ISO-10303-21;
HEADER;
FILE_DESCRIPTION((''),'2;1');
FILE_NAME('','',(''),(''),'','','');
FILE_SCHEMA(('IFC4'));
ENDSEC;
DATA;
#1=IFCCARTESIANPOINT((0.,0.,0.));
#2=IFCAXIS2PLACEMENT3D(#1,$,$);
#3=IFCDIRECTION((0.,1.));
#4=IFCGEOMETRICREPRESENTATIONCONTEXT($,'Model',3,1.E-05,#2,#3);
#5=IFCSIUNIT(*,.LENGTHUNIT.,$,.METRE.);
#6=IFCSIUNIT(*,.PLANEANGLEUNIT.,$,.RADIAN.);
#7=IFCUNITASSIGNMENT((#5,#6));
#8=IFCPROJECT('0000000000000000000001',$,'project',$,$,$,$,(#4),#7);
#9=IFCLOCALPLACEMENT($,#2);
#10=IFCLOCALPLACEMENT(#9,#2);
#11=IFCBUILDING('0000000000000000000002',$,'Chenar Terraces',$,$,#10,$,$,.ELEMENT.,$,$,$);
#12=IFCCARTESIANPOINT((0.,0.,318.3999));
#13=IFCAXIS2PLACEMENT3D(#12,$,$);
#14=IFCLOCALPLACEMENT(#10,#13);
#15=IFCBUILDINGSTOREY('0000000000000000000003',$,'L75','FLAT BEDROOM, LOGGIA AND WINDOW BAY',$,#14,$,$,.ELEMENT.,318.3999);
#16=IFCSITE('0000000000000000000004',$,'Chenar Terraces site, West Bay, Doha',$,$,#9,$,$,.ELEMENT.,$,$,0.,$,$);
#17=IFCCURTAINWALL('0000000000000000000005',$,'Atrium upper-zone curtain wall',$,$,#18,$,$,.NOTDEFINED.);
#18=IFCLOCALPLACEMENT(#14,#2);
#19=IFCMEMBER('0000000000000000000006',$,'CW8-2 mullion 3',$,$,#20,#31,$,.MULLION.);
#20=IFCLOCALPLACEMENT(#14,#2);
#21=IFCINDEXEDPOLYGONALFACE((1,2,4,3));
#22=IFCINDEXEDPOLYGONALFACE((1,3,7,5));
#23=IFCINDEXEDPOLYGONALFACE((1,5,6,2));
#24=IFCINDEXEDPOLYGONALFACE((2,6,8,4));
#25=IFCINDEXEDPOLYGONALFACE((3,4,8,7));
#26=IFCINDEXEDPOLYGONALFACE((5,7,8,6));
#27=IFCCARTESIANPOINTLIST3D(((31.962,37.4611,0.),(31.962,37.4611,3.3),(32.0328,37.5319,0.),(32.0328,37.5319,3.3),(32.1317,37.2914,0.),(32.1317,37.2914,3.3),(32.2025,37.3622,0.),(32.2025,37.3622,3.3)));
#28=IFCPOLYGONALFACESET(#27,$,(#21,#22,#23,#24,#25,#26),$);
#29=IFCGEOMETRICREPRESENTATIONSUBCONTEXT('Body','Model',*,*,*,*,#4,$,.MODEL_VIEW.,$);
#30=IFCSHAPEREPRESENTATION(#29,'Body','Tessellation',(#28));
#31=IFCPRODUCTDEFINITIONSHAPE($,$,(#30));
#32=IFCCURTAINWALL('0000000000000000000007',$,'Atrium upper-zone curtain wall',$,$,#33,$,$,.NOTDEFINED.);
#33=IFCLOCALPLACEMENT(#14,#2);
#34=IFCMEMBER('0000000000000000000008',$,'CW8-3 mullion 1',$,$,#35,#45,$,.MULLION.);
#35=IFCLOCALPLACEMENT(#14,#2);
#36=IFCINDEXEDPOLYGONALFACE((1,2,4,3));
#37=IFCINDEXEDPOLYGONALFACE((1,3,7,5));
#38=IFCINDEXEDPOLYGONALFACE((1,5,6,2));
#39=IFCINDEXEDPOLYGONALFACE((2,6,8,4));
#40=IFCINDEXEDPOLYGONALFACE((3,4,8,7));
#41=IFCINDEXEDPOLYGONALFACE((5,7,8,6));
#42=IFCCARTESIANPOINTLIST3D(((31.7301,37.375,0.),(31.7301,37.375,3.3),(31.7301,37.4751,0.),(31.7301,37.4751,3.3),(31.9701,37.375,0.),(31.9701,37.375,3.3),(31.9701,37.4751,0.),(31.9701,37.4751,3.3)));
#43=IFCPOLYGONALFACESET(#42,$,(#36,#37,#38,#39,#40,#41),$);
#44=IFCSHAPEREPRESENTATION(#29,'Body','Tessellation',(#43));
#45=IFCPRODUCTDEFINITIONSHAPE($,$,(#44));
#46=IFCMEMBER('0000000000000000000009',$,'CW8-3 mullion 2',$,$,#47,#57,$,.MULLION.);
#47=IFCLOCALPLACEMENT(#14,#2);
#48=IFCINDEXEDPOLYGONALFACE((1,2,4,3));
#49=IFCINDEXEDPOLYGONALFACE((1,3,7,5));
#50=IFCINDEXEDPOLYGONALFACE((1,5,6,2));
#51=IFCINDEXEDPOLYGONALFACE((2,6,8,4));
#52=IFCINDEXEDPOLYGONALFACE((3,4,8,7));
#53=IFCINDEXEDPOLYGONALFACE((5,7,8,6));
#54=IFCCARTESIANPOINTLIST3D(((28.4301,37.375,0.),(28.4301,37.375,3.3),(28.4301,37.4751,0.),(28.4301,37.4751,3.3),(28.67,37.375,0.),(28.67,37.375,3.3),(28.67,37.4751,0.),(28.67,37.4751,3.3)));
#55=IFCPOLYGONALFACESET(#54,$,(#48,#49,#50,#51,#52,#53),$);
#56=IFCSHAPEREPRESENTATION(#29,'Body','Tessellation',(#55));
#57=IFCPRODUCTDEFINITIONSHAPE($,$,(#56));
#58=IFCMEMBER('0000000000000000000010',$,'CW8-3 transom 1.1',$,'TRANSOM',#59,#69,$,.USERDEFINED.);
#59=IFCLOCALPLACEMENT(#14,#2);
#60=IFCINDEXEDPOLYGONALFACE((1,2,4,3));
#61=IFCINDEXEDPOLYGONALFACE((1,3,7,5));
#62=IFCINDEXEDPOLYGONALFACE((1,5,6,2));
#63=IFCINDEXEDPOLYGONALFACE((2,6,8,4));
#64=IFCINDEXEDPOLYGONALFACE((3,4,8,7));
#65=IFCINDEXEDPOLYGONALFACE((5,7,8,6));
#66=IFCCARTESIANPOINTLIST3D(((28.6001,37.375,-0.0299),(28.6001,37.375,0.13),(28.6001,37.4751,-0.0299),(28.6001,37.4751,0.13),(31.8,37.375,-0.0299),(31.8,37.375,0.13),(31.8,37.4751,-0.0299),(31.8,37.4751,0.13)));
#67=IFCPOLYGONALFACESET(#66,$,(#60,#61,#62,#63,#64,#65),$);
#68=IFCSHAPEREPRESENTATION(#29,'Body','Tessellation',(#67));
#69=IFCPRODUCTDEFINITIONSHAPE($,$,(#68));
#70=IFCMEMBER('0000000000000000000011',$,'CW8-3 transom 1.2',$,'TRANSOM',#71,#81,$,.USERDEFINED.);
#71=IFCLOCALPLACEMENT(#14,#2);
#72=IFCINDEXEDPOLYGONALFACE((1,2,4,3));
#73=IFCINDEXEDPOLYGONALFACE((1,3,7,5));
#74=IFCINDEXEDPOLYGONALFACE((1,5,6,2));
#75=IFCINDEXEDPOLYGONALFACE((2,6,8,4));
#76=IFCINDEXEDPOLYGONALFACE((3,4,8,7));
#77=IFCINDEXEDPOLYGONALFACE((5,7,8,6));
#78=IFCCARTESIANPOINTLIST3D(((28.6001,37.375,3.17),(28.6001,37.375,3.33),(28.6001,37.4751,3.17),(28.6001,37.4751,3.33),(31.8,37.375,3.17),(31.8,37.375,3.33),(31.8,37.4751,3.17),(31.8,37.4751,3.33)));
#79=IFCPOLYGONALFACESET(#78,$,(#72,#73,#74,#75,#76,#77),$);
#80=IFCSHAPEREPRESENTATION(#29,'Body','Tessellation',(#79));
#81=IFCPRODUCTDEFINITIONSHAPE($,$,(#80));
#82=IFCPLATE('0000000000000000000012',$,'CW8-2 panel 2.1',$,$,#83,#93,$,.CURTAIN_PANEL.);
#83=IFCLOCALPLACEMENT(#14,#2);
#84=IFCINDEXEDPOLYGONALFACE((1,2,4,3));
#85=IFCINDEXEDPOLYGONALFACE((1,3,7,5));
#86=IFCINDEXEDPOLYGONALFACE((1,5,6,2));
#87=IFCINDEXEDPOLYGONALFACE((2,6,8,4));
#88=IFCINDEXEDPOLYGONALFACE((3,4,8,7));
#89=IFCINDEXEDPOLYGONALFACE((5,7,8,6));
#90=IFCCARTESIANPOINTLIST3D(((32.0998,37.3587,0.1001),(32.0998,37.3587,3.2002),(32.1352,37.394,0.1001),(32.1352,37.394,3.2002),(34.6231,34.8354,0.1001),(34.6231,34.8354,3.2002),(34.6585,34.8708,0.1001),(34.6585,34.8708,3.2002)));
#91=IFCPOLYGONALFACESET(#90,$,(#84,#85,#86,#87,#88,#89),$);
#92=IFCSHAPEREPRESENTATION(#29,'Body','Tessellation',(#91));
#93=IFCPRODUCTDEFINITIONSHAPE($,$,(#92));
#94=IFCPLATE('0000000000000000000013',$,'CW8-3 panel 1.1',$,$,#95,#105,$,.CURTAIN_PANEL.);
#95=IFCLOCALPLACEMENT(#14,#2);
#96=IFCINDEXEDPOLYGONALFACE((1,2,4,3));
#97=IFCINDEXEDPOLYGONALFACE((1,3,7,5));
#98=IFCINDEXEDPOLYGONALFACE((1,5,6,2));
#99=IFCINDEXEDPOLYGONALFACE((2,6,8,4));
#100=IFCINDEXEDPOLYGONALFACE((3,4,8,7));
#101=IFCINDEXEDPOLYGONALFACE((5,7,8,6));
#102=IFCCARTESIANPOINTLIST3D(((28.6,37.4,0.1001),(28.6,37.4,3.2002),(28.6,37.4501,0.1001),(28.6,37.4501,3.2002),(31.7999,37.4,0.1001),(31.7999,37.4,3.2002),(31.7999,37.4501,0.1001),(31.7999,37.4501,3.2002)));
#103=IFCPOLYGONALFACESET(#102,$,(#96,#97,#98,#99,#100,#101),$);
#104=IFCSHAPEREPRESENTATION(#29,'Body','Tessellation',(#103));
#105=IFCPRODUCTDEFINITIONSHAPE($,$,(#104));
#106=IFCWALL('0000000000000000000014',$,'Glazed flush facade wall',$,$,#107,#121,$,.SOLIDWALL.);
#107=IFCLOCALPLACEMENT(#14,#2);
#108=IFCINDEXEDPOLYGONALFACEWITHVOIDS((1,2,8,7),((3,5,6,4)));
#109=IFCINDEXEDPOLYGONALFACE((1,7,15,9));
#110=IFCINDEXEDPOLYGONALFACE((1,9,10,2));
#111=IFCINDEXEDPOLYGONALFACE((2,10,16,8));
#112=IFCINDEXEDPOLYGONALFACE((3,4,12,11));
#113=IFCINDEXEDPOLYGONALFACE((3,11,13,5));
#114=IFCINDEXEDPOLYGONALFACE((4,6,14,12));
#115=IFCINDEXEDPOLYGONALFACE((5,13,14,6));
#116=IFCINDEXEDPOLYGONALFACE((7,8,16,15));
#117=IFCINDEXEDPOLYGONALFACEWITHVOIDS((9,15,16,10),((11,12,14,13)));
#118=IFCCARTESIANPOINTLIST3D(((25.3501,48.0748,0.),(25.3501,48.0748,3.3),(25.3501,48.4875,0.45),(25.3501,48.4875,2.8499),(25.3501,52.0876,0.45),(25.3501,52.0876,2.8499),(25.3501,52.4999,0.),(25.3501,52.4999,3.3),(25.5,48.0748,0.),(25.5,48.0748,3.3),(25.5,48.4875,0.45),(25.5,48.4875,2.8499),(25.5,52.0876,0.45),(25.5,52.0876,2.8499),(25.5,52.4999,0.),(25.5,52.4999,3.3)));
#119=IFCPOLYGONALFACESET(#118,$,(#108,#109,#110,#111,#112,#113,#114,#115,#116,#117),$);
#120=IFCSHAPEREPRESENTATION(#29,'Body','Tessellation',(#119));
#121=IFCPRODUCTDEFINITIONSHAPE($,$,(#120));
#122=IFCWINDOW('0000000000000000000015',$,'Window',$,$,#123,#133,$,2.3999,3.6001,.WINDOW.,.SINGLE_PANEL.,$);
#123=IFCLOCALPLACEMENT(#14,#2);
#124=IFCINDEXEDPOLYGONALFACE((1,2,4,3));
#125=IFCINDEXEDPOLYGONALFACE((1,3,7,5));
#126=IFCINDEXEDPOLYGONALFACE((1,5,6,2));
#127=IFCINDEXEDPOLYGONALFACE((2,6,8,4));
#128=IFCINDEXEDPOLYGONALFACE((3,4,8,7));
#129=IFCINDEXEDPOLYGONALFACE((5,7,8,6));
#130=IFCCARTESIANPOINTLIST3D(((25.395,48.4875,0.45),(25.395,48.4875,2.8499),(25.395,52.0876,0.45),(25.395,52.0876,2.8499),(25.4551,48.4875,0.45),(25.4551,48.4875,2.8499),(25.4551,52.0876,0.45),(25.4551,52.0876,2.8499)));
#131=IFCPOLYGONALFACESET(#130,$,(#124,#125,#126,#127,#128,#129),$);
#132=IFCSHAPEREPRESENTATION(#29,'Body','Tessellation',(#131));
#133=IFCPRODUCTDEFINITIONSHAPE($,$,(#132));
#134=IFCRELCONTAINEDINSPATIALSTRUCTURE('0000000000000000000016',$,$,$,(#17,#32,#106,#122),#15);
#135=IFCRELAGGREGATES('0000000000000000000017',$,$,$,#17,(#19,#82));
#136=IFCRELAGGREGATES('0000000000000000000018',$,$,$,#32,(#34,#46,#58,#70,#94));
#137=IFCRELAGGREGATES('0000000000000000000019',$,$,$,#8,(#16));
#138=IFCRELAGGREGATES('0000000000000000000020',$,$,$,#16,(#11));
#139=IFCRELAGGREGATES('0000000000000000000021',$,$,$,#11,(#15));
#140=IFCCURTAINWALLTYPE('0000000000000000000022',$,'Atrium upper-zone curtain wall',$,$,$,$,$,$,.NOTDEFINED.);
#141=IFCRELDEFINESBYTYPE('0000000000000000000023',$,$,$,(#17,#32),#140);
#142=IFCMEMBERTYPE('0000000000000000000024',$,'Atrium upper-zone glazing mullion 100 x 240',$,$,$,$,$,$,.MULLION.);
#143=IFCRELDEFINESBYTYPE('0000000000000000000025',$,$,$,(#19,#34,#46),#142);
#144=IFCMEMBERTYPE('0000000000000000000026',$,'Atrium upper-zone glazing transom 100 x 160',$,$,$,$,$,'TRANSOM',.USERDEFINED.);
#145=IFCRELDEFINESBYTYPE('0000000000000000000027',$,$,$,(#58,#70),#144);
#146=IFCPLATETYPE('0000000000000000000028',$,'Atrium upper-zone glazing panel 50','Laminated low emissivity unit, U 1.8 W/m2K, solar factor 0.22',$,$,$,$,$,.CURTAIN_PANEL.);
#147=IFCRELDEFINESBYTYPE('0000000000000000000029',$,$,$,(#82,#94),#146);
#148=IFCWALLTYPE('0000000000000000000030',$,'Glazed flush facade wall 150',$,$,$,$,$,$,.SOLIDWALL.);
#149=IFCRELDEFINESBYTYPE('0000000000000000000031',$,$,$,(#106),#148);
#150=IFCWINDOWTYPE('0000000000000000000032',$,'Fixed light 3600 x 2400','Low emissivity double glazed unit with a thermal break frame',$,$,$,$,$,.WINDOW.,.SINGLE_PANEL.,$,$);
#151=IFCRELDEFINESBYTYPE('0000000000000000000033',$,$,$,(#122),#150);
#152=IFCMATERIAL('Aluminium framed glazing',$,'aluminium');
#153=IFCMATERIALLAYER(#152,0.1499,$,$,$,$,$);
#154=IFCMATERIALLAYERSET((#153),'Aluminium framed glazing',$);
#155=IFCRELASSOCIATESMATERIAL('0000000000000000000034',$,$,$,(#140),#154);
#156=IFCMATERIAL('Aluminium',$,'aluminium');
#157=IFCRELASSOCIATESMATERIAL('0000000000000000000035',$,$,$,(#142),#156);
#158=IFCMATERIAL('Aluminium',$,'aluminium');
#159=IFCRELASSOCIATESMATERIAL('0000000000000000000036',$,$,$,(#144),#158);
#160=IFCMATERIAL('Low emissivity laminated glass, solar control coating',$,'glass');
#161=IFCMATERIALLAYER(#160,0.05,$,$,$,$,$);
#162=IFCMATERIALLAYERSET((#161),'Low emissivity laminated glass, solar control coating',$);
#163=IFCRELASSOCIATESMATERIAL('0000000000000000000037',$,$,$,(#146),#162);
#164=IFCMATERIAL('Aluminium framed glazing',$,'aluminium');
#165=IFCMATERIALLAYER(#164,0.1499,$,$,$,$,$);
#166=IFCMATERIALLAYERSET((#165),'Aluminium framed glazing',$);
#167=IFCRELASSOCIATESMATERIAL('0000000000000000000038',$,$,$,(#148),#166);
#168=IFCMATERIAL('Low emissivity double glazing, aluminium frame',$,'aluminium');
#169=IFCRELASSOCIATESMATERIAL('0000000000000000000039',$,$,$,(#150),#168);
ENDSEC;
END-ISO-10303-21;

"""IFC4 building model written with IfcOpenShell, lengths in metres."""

from ifc_helpers import new_model, si_unit, direction, frame, frame_2d, origin, origin_2d, place, context, subcontext, project, spatial, rectangle, extrude, material, layer, layer_set, material_profile, profile_set, type_object, element, fill, aggregate, save


model = new_model("IFC4")

# Units and contexts
model_context = context("Model", 3, precision=1e-05, world=origin(), true_north=direction((0.0, 1.0)))
body_context = subcontext(model_context, "Body", "Model", "MODEL_VIEW")
ifc_project = project(units=[si_unit("LENGTHUNIT", "METRE"), si_unit("PLANEANGLEUNIT", "RADIAN")], contexts=[model_context])

# Site, building, storey
site_placement = place(None, origin())
site = spatial("IfcSite", under=ifc_project, at=site_placement, Name="Chenar Terraces site, West Bay, Doha", CompositionType="ELEMENT", RefElevation=0.0)
building_placement = place(site_placement, origin())
building = spatial("IfcBuilding", under=site, at=building_placement, Name="Chenar Terraces", CompositionType="ELEMENT")
storey_placement = place(building_placement, frame((0.0, 0.0, 318.3999)))
storey = spatial("IfcBuildingStorey", under=building, at=storey_placement, Name="L75", Description="FLAT BEDROOM, LOGGIA AND WINDOW BAY", CompositionType="ELEMENT", Elevation=318.3999)

# Curtain wall, member
ifc_material_1 = material(Name="Aluminium framed glazing", Category="aluminium")
ifc_layer_1 = layer(ifc_material_1, 0.1499)
ifc_layer_set_1 = layer_set([ifc_layer_1], Name="Aluminium framed glazing")
curtain_wall_type = type_object("IfcCurtainWallType", Name="Atrium upper-zone curtain wall", PredefinedType="NOTDEFINED", material=ifc_layer_set_1)
placement = place(storey_placement, origin())
curtain_wall_1 = element("IfcCurtainWall", 1, at=placement, inside=storey, type_object=curtain_wall_type, Name="Atrium upper-zone curtain wall", PredefinedType="NOTDEFINED")
ifc_material_2 = material(Name="Aluminium", Category="aluminium")
ifc_material_profile_1 = material_profile(ifc_material_2, rectangle(XDim=0.1001, YDim=0.24, at=origin_2d()), Name="Atrium upper-zone glazing mullion 100 x 240")
ifc_profile_set_1 = profile_set([ifc_material_profile_1], Name="Aluminium")
member_type_1 = type_object("IfcMemberType", Name="Atrium upper-zone glazing mullion 100 x 240", PredefinedType="MULLION", material=ifc_profile_set_1)
member_1_placement = place(storey_placement, frame((32.0823, 37.4116, 0.0), z_axis=(0.0, 0.0, 1.0), x_axis=(-0.707107, -0.707107, 0.0)))
member_1 = element("IfcMember", 2, at=member_1_placement, type_object=member_type_1, Name="CW8-2 mullion 3", PredefinedType="MULLION", context=body_context, shape_type="SweptSolid", body=[
    extrude(rectangle(XDim=0.1001, YDim=0.24, at=origin_2d()), origin(), (0.0, 0.0, 1.0), 3.3),
])

# Curtain wall, members
curtain_wall_2 = element("IfcCurtainWall", 3, at=placement, inside=storey, type_object=curtain_wall_type, Name="Atrium upper-zone curtain wall", PredefinedType="NOTDEFINED")
member_2_placement = place(storey_placement, frame((31.8501, 37.425, 0.0), z_axis=(0.0, 0.0, 1.0), x_axis=(0.0, -1.0, 0.0)))
member_2 = element("IfcMember", 4, at=member_2_placement, type_object=member_type_1, Name="CW8-3 mullion 1", PredefinedType="MULLION", context=body_context, shape_type="SweptSolid", body=[
    extrude(rectangle(XDim=0.1001, YDim=0.24, at=origin_2d()), origin(), (0.0, 0.0, 1.0), 3.3),
])
member_3_placement = place(storey_placement, frame((28.55, 37.425, 0.0), z_axis=(0.0, 0.0, 1.0), x_axis=(0.0, -1.0, 0.0)))
member_3 = element("IfcMember", 5, at=member_3_placement, type_object=member_type_1, Name="CW8-3 mullion 2", PredefinedType="MULLION", context=body_context, shape_type="SweptSolid", body=[
    extrude(rectangle(XDim=0.1001, YDim=0.24, at=origin_2d()), origin(), (0.0, 0.0, 1.0), 3.3),
])
ifc_material_3 = material(Name="Aluminium", Category="aluminium")
ifc_material_profile_2 = material_profile(ifc_material_3, rectangle(XDim=0.1001, YDim=0.1599, at=origin_2d()), Name="Atrium upper-zone glazing transom 100 x 160")
ifc_profile_set_2 = profile_set([ifc_material_profile_2], Name="Aluminium")
member_type_2 = type_object("IfcMemberType", Name="Atrium upper-zone glazing transom 100 x 160", ElementType="TRANSOM", PredefinedType="USERDEFINED", material=ifc_profile_set_2)
member_4_placement = place(storey_placement, frame((31.8, 37.425, 0.05), z_axis=(-1.0, 0.0, 0.0), x_axis=(0.0, -1.0, 0.0)))
member_4 = element("IfcMember", 6, at=member_4_placement, type_object=member_type_2, Name="CW8-3 transom 1.1", ObjectType="TRANSOM", PredefinedType="USERDEFINED", context=body_context, shape_type="SweptSolid", body=[
    extrude(rectangle(XDim=0.1001, YDim=0.1599, at=origin_2d()), origin(), (0.0, 0.0, 1.0), 3.2),
])
member_5_placement = place(storey_placement, frame((31.8, 37.425, 3.25), z_axis=(-1.0, 0.0, 0.0), x_axis=(0.0, -1.0, 0.0)))
member_5 = element("IfcMember", 7, at=member_5_placement, type_object=member_type_2, Name="CW8-3 transom 1.2", ObjectType="TRANSOM", PredefinedType="USERDEFINED", context=body_context, shape_type="SweptSolid", body=[
    extrude(rectangle(XDim=0.1001, YDim=0.1599, at=origin_2d()), origin(), (0.0, 0.0, 1.0), 3.2),
])

# Plates
ifc_material_4 = material(Name="Low emissivity laminated glass, solar control coating", Category="glass")
ifc_layer_2 = layer(ifc_material_4, 0.05)
ifc_layer_set_2 = layer_set([ifc_layer_2], Name="Low emissivity laminated glass, solar control coating")
plate_type = type_object("IfcPlateType", Name="Atrium upper-zone glazing panel 50", Description="Laminated low emissivity unit, U 1.8 W/m2K, solar factor 0.22", PredefinedType="CURTAIN_PANEL", material=ifc_layer_set_2)
plate_1_placement = place(storey_placement, frame((33.3792, 36.1147, 0.1001), z_axis=(0.0, 0.0, 1.0), x_axis=(-0.707107, 0.707107, 0.0)))
plate_1 = element("IfcPlate", 8, at=plate_1_placement, type_object=plate_type, Name="CW8-2 panel 2.1", PredefinedType="CURTAIN_PANEL", context=body_context, shape_type="SweptSolid", body=[
    extrude(rectangle(XDim=3.5684, YDim=0.05, at=origin_2d()), origin(), (0.0, 0.0, 1.0), 3.1001),
])
aggregate(curtain_wall_1, [member_1, plate_1])
plate_2_placement = place(storey_placement, frame((30.2, 37.425, 0.1001), z_axis=(0.0, 0.0, 1.0), x_axis=(-1.0, 0.0, 0.0)))
plate_2 = element("IfcPlate", 9, at=plate_2_placement, type_object=plate_type, Name="CW8-3 panel 1.1", PredefinedType="CURTAIN_PANEL", context=body_context, shape_type="SweptSolid", body=[
    extrude(rectangle(XDim=3.2, YDim=0.05, at=origin_2d()), origin(), (0.0, 0.0, 1.0), 3.1001),
])
aggregate(curtain_wall_2, [member_2, member_3, member_4, member_5, plate_2])

# Wall, opening, window
ifc_material_5 = material(Name="Aluminium framed glazing", Category="aluminium")
ifc_layer_3 = layer(ifc_material_5, 0.1499)
ifc_layer_set_3 = layer_set([ifc_layer_3], Name="Aluminium framed glazing")
wall_type_1 = type_object("IfcWallType", Name="Glazed flush facade wall 150", PredefinedType="SOLIDWALL", material=ifc_layer_set_3)
wall_1_placement = place(storey_placement, frame((25.425, 48.075, 0.0), z_axis=(0.0, 0.0, 1.0), x_axis=(0.0, 1.0, 0.0)))
wall_1 = element("IfcWall", 10, at=wall_1_placement, inside=storey, type_object=wall_type_1, Name="Glazed flush facade wall", PredefinedType="SOLIDWALL", context=body_context, shape_type="SweptSolid", body=[
    extrude(rectangle(XDim=4.425, YDim=0.1499, at=frame_2d((2.2124, 0.0))), origin(), (0.0, 0.0, 1.0), 3.3),
])
opening_1_placement = place(wall_1_placement, frame((0.4126, 0.0, 0.45)))
opening_1 = element("IfcOpeningElement", 11, at=opening_1_placement, cuts=wall_1, PredefinedType="OPENING", context=body_context, shape_type="SweptSolid", body=[
    extrude(rectangle(XDim=3.6001, YDim=2.3999, at=frame_2d((1.8, 1.2))), frame((0.0, 0.085, 0.0), z_axis=(0.0, -1.0, 0.0), x_axis=(1.0, 0.0, 0.0)), (0.0, 0.0, 1.0), 0.1699),
])
ifc_material_6 = material(Name="Low emissivity double glazing, aluminium frame", Category="aluminium")
window_type_1 = type_object("IfcWindowType", Name="Fixed light 3600 x 2400", Description="Low emissivity double glazed unit with a thermal break frame", PartitioningType="SINGLE_PANEL", PredefinedType="WINDOW", material=ifc_material_6)
window_1_placement = place(opening_1_placement, origin())
window_1 = element("IfcWindow", 12, at=window_1_placement, inside=storey, type_object=window_type_1, Name="Window", OverallHeight=2.3999, OverallWidth=3.6001, PartitioningType="SINGLE_PANEL", PredefinedType="WINDOW", context=body_context, shape_type="SweptSolid", body=[
    extrude(rectangle(XDim=3.6001, YDim=2.3999, at=frame_2d((1.8, 1.2))), frame((0.0, 0.03, 0.0), z_axis=(0.0, -1.0, 0.0), x_axis=(1.0, 0.0, 0.0)), (0.0, 0.0, 1.0), 0.0601),
])
fill(opening_1, window_1)

save(model, "model.ifc")
